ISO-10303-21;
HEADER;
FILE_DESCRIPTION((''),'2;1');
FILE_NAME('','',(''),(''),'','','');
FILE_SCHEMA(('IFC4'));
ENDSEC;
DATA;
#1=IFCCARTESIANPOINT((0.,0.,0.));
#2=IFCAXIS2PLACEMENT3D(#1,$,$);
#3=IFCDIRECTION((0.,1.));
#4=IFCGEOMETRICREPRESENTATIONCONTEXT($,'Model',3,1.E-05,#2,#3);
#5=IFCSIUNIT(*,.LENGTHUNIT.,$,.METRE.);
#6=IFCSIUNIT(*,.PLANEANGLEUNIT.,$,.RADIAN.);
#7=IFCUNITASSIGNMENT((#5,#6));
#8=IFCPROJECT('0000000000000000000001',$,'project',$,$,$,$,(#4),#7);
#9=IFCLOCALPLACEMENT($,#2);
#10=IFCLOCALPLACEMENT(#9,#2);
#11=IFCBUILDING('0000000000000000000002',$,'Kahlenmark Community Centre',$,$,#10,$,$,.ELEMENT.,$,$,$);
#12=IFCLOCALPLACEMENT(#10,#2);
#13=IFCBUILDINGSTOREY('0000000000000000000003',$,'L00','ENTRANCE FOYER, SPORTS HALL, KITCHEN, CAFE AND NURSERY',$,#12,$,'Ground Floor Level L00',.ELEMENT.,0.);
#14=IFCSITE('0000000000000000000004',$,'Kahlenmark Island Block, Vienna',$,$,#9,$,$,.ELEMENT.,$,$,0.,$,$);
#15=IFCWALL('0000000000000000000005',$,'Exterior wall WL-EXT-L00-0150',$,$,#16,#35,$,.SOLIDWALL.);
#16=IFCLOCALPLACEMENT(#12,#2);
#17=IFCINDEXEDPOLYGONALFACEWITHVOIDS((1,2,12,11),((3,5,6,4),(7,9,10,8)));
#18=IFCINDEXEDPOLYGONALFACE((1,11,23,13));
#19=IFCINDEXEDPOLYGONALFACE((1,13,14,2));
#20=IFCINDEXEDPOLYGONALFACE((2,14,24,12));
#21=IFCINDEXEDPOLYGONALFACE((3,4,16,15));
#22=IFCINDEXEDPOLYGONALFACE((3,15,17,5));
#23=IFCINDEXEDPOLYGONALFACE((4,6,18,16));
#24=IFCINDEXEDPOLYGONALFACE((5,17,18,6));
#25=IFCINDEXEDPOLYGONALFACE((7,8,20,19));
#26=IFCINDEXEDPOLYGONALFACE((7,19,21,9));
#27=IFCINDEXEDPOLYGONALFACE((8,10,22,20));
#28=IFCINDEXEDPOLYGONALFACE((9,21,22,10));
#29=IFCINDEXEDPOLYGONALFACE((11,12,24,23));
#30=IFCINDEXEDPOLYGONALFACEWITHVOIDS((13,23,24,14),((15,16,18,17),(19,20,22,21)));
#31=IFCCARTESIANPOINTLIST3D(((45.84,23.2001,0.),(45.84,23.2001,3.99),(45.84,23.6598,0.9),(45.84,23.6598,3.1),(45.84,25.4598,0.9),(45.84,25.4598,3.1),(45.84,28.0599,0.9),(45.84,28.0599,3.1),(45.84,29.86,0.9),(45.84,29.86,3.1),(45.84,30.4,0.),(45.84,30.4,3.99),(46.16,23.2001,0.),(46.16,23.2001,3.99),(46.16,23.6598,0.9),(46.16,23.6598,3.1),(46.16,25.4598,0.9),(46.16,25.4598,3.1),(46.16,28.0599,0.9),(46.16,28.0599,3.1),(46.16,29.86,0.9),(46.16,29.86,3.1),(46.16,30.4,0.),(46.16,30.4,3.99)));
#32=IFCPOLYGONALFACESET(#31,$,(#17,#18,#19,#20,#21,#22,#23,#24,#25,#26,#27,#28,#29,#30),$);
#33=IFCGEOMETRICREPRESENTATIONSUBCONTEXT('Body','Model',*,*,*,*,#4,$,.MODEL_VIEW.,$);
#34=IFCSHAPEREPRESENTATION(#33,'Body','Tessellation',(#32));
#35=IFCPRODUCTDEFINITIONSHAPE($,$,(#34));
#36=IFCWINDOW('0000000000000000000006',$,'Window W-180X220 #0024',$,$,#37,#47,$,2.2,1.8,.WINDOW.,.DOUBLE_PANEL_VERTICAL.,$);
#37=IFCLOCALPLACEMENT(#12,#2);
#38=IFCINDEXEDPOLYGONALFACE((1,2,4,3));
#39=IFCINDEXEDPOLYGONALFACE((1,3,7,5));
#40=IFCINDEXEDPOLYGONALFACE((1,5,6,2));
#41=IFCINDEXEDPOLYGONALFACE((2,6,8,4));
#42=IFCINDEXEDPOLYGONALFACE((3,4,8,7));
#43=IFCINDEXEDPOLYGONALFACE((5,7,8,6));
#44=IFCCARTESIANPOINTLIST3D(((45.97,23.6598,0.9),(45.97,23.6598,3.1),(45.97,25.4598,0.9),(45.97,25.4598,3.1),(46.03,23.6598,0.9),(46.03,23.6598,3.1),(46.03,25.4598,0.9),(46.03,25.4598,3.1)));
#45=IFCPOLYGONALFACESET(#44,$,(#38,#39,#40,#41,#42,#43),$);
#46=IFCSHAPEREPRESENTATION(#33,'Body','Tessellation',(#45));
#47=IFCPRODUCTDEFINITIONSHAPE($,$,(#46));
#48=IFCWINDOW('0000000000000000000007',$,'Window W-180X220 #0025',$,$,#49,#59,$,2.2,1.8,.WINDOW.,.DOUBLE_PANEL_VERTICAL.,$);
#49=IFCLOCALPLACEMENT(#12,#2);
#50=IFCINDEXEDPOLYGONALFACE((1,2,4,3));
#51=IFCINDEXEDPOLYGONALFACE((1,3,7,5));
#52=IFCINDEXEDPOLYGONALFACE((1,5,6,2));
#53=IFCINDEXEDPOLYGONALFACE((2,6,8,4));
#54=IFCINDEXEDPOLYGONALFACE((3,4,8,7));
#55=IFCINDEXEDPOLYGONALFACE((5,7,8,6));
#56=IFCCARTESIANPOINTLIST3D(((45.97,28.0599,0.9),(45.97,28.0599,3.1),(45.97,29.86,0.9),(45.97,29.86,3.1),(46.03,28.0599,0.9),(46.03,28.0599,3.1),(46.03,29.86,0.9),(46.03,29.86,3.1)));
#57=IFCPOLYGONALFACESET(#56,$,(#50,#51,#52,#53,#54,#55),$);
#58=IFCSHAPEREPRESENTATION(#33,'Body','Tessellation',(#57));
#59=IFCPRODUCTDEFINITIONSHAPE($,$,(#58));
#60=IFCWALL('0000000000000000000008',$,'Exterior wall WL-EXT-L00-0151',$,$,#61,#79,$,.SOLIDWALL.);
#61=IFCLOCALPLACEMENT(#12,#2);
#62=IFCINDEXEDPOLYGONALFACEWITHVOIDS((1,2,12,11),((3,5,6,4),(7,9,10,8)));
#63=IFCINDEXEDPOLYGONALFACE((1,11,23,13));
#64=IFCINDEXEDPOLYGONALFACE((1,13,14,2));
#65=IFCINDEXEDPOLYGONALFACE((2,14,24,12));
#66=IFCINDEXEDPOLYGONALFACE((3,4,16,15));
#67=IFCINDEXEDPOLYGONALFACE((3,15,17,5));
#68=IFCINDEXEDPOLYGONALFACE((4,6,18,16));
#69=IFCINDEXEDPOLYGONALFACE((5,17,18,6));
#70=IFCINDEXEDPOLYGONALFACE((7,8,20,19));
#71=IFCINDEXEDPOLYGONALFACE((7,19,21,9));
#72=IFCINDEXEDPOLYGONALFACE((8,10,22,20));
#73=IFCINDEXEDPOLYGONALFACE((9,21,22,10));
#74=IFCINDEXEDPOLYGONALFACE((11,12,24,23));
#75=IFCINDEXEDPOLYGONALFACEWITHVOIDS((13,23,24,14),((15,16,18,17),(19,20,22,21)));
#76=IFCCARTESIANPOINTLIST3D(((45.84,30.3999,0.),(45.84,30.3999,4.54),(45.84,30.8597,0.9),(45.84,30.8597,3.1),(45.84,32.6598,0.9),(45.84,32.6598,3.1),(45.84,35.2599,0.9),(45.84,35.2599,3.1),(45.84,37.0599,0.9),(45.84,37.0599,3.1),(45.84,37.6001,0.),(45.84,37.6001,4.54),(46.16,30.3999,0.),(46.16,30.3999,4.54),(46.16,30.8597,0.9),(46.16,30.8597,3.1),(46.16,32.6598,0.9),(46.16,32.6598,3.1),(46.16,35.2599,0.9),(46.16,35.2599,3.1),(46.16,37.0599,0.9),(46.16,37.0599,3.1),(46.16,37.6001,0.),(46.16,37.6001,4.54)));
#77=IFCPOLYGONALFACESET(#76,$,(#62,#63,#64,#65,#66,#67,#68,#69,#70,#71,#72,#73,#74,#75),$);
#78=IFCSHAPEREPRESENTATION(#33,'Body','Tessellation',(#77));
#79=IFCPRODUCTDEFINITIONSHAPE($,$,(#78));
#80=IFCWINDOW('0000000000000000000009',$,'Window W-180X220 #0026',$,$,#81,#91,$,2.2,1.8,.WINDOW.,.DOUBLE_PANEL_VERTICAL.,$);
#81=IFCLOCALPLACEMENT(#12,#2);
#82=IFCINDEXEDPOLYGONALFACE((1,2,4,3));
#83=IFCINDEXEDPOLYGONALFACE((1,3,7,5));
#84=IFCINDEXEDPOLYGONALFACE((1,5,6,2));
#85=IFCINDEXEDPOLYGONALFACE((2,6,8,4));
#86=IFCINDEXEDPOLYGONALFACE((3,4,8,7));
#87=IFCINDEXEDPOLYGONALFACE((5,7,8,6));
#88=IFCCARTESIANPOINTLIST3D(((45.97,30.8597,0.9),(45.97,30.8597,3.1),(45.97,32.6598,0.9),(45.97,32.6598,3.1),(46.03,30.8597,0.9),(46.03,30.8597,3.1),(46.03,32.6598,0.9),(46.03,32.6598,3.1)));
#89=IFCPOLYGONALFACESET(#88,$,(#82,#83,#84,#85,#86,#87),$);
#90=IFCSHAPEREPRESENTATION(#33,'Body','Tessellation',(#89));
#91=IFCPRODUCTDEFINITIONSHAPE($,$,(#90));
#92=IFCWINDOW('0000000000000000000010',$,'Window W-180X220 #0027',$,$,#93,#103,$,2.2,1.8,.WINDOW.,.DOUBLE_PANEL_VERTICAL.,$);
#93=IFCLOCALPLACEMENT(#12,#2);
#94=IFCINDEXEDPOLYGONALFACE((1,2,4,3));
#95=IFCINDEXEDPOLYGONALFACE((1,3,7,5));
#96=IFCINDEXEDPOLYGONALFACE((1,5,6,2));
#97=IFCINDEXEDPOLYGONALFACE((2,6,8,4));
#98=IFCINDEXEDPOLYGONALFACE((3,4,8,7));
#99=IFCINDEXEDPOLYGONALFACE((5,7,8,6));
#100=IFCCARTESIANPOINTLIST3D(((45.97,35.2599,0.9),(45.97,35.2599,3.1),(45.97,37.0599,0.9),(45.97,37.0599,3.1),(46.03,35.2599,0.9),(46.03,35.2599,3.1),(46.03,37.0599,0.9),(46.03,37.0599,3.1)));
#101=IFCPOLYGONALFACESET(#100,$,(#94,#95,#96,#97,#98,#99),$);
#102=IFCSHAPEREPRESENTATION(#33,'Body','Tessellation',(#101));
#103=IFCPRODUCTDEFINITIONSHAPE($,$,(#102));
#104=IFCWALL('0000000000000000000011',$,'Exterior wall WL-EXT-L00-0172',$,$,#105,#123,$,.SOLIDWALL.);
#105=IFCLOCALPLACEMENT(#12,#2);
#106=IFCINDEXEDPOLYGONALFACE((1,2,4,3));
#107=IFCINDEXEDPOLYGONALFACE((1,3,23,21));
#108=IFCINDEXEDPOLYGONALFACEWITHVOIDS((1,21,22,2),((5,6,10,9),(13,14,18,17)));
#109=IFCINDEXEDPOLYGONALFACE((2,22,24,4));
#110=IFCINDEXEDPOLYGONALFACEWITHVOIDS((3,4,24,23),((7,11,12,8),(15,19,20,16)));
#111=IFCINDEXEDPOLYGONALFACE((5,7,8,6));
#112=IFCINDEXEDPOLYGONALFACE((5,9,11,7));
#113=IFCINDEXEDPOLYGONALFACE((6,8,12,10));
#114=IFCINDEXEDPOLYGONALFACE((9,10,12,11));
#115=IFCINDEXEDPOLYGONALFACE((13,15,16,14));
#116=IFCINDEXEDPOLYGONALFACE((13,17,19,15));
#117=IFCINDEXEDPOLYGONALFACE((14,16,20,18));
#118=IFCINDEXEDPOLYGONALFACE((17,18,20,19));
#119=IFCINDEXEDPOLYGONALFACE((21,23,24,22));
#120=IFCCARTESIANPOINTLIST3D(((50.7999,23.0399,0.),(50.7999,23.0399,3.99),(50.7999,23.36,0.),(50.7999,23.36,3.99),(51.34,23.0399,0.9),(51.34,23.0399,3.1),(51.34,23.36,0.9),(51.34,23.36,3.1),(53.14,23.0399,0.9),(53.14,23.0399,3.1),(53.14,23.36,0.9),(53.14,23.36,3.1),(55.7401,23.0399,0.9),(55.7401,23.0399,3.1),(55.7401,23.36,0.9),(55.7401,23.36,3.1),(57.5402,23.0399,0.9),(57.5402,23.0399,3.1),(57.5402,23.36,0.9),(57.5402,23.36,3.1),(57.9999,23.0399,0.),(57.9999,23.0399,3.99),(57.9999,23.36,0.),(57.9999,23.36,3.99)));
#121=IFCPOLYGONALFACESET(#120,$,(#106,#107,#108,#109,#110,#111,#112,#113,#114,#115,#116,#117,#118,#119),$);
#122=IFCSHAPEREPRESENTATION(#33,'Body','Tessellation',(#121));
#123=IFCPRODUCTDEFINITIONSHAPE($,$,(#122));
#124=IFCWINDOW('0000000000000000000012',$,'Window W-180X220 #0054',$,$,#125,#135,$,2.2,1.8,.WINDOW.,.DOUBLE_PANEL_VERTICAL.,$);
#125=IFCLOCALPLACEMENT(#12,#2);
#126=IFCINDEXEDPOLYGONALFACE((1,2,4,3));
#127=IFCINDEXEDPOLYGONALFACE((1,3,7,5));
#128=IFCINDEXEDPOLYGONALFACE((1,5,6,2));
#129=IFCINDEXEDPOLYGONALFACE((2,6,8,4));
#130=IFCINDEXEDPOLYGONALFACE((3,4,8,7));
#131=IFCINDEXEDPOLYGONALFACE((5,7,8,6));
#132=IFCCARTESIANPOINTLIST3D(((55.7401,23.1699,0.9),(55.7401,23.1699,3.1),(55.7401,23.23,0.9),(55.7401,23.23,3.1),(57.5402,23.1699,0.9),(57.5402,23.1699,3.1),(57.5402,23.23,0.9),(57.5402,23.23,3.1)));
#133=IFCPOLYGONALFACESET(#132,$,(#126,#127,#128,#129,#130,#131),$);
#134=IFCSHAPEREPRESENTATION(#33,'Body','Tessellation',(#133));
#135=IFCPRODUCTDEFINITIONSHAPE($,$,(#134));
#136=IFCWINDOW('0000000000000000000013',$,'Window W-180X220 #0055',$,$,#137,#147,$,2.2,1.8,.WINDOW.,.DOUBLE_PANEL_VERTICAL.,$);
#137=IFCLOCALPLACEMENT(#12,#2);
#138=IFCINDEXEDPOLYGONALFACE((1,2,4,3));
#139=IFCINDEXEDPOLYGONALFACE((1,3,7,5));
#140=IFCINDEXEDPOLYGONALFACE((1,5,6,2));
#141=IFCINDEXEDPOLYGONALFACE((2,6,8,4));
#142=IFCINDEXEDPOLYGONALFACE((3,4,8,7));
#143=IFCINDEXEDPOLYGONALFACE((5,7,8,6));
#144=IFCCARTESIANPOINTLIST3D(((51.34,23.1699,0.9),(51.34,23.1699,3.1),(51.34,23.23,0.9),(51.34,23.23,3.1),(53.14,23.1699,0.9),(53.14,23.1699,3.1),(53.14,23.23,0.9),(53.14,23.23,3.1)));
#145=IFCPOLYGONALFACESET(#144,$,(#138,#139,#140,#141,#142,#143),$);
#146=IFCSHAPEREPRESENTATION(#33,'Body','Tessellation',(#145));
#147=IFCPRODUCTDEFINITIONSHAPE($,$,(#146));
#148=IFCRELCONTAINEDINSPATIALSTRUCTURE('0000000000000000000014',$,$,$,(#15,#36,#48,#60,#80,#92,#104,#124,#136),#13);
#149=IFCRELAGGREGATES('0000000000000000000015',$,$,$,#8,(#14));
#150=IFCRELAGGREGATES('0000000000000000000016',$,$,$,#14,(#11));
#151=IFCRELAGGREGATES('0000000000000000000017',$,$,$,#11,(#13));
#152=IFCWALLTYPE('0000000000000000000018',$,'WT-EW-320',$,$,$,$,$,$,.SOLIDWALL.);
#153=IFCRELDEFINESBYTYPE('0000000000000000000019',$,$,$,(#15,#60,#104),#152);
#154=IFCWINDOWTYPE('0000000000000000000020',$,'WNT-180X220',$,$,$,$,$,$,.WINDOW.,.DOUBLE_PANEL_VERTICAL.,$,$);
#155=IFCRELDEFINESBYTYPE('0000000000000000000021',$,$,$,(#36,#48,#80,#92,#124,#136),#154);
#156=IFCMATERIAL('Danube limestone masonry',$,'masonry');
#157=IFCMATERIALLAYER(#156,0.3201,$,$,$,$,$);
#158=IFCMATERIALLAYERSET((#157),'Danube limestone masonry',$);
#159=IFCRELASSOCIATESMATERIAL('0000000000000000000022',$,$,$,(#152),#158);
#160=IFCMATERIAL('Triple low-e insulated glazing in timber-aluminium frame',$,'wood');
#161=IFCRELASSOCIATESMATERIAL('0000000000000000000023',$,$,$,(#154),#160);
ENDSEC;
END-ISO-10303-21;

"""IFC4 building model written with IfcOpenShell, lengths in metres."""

from ifc_helpers import new_model, si_unit, direction, frame, frame_2d, origin, place, context, subcontext, project, spatial, rectangle, extrude, material, layer, layer_set, type_object, element, fill, save


model = new_model("IFC4")

# Units and contexts
model_context = context("Model", 3, precision=1e-05, world=origin(), true_north=direction((0.0, 1.0)))
body_context = subcontext(model_context, "Body", "Model", "MODEL_VIEW")
ifc_project = project(units=[si_unit("LENGTHUNIT", "METRE"), si_unit("PLANEANGLEUNIT", "RADIAN")], contexts=[model_context])

# Site, building, storey
site_placement = place(None, origin())
site = spatial("IfcSite", under=ifc_project, at=site_placement, Name="Kahlenmark Island Block, Vienna", CompositionType="ELEMENT", RefElevation=0.0)
building_placement = place(site_placement, origin())
building = spatial("IfcBuilding", under=site, at=building_placement, Name="Kahlenmark Community Centre", CompositionType="ELEMENT")
storey_placement = place(building_placement, origin())
storey = spatial("IfcBuildingStorey", under=building, at=storey_placement, Name="L00", Description="ENTRANCE FOYER, SPORTS HALL, KITCHEN, CAFE AND NURSERY", LongName="Ground Floor Level L00", CompositionType="ELEMENT", Elevation=0.0)

# Walls, openings, windows
ifc_material_1 = material(Name="Danube limestone masonry", Category="masonry")
ifc_layer_1 = layer(ifc_material_1, 0.3201)
ifc_layer_set_1 = layer_set([ifc_layer_1], Name="Danube limestone masonry")
wall_type_1 = type_object("IfcWallType", Name="WT-EW-320", PredefinedType="SOLIDWALL", material=ifc_layer_set_1)
wall_1_placement = place(storey_placement, frame((46.0, 23.2, 0.0), z_axis=(0.0, 0.0, 1.0), x_axis=(0.0, 1.0, 0.0)))
wall_1 = element("IfcWall", 1, at=wall_1_placement, inside=storey, type_object=wall_type_1, Name="Exterior wall WL-EXT-L00-0150", PredefinedType="SOLIDWALL", context=body_context, shape_type="SweptSolid", body=[
    extrude(rectangle(XDim=7.2, YDim=0.3201, at=frame_2d((3.6001, 0.0))), origin(), (0.0, 0.0, 1.0), 3.99),
])
opening_1_placement = place(wall_1_placement, frame((0.46, 0.0, 0.8999)))
opening_1 = element("IfcOpeningElement", 2, at=opening_1_placement, cuts=wall_1, PredefinedType="OPENING", context=body_context, shape_type="SweptSolid", body=[
    extrude(rectangle(XDim=1.8, YDim=2.2, at=frame_2d((0.8999, 1.1001))), frame((0.0, 0.1699, 0.0), z_axis=(0.0, -1.0, 0.0), x_axis=(1.0, 0.0, 0.0)), (0.0, 0.0, 1.0), 0.3401),
])
opening_2_placement = place(wall_1_placement, frame((4.8601, 0.0, 0.8999)))
opening_2 = element("IfcOpeningElement", 3, at=opening_2_placement, cuts=wall_1, PredefinedType="OPENING", context=body_context, shape_type="SweptSolid", body=[
    extrude(rectangle(XDim=1.8, YDim=2.2, at=frame_2d((0.8999, 1.1001))), frame((0.0, 0.1699, 0.0), z_axis=(0.0, -1.0, 0.0), x_axis=(1.0, 0.0, 0.0)), (0.0, 0.0, 1.0), 0.3401),
])
ifc_material_2 = material(Name="Triple low-e insulated glazing in timber-aluminium frame", Category="wood")
window_type = type_object("IfcWindowType", Name="WNT-180X220", PartitioningType="DOUBLE_PANEL_VERTICAL", PredefinedType="WINDOW", material=ifc_material_2)
window_1_placement = place(opening_1_placement, origin())
window_1 = element("IfcWindow", 4, at=window_1_placement, inside=storey, type_object=window_type, Name="Window W-180X220 #0024", OverallHeight=2.2, OverallWidth=1.8, PartitioningType="DOUBLE_PANEL_VERTICAL", PredefinedType="WINDOW", context=body_context, shape_type="SweptSolid", body=[
    extrude(rectangle(XDim=1.8, YDim=2.2, at=frame_2d((0.8999, 1.1001))), frame((0.0, 0.03, 0.0), z_axis=(0.0, -1.0, 0.0), x_axis=(1.0, 0.0, 0.0)), (0.0, 0.0, 1.0), 0.0601),
])
fill(opening_1, window_1)
window_2_placement = place(opening_2_placement, origin())
window_2 = element("IfcWindow", 5, at=window_2_placement, inside=storey, type_object=window_type, Name="Window W-180X220 #0025", OverallHeight=2.2, OverallWidth=1.8, PartitioningType="DOUBLE_PANEL_VERTICAL", PredefinedType="WINDOW", context=body_context, shape_type="SweptSolid", body=[
    extrude(rectangle(XDim=1.8, YDim=2.2, at=frame_2d((0.8999, 1.1001))), frame((0.0, 0.03, 0.0), z_axis=(0.0, -1.0, 0.0), x_axis=(1.0, 0.0, 0.0)), (0.0, 0.0, 1.0), 0.0601),
])
fill(opening_2, window_2)
wall_2_placement = place(storey_placement, frame((46.0, 30.3999, 0.0), z_axis=(0.0, 0.0, 1.0), x_axis=(0.0, 1.0, 0.0)))
wall_2 = element("IfcWall", 6, at=wall_2_placement, inside=storey, type_object=wall_type_1, Name="Exterior wall WL-EXT-L00-0151", PredefinedType="SOLIDWALL", context=body_context, shape_type="SweptSolid", body=[
    extrude(rectangle(XDim=7.2002, YDim=0.3201, at=frame_2d((3.6001, 0.0))), origin(), (0.0, 0.0, 1.0), 4.54),
])
opening_3_placement = place(wall_2_placement, frame((0.46, 0.0, 0.8999)))
opening_3 = element("IfcOpeningElement", 7, at=opening_3_placement, cuts=wall_2, PredefinedType="OPENING", context=body_context, shape_type="SweptSolid", body=[
    extrude(rectangle(XDim=1.8, YDim=2.2, at=frame_2d((0.8999, 1.1001))), frame((0.0, 0.1699, 0.0), z_axis=(0.0, -1.0, 0.0), x_axis=(1.0, 0.0, 0.0)), (0.0, 0.0, 1.0), 0.3401),
])
opening_4_placement = place(wall_2_placement, frame((4.8601, 0.0, 0.8999)))
opening_4 = element("IfcOpeningElement", 8, at=opening_4_placement, cuts=wall_2, PredefinedType="OPENING", context=body_context, shape_type="SweptSolid", body=[
    extrude(rectangle(XDim=1.8, YDim=2.2, at=frame_2d((0.8999, 1.1001))), frame((0.0, 0.1699, 0.0), z_axis=(0.0, -1.0, 0.0), x_axis=(1.0, 0.0, 0.0)), (0.0, 0.0, 1.0), 0.3401),
])
window_3_placement = place(opening_3_placement, origin())
window_3 = element("IfcWindow", 9, at=window_3_placement, inside=storey, type_object=window_type, Name="Window W-180X220 #0026", OverallHeight=2.2, OverallWidth=1.8, PartitioningType="DOUBLE_PANEL_VERTICAL", PredefinedType="WINDOW", context=body_context, shape_type="SweptSolid", body=[
    extrude(rectangle(XDim=1.8, YDim=2.2, at=frame_2d((0.8999, 1.1001))), frame((0.0, 0.03, 0.0), z_axis=(0.0, -1.0, 0.0), x_axis=(1.0, 0.0, 0.0)), (0.0, 0.0, 1.0), 0.0601),
])
fill(opening_3, window_3)
window_4_placement = place(opening_4_placement, origin())
window_4 = element("IfcWindow", 10, at=window_4_placement, inside=storey, type_object=window_type, Name="Window W-180X220 #0027", OverallHeight=2.2, OverallWidth=1.8, PartitioningType="DOUBLE_PANEL_VERTICAL", PredefinedType="WINDOW", context=body_context, shape_type="SweptSolid", body=[
    extrude(rectangle(XDim=1.8, YDim=2.2, at=frame_2d((0.8999, 1.1001))), frame((0.0, 0.03, 0.0), z_axis=(0.0, -1.0, 0.0), x_axis=(1.0, 0.0, 0.0)), (0.0, 0.0, 1.0), 0.0601),
])
fill(opening_4, window_4)
wall_3_placement = place(storey_placement, frame((58.0, 23.2, 0.0), z_axis=(0.0, 0.0, 1.0), x_axis=(-1.0, 0.0, 0.0)))
wall_3 = element("IfcWall", 11, at=wall_3_placement, inside=storey, type_object=wall_type_1, Name="Exterior wall WL-EXT-L00-0172", PredefinedType="SOLIDWALL", context=body_context, shape_type="SweptSolid", body=[
    extrude(rectangle(XDim=7.2, YDim=0.3201, at=frame_2d((3.6001, 0.0))), origin(), (0.0, 0.0, 1.0), 3.99),
])
opening_5_placement = place(wall_3_placement, frame((0.46, 0.0, 0.8999)))
opening_5 = element("IfcOpeningElement", 12, at=opening_5_placement, cuts=wall_3, PredefinedType="OPENING", context=body_context, shape_type="SweptSolid", body=[
    extrude(rectangle(XDim=1.8, YDim=2.2, at=frame_2d((0.8999, 1.1001))), frame((0.0, 0.1699, 0.0), z_axis=(0.0, -1.0, 0.0), x_axis=(1.0, 0.0, 0.0)), (0.0, 0.0, 1.0), 0.3401),
])
opening_6_placement = place(wall_3_placement, frame((4.8601, 0.0, 0.8999)))
opening_6 = element("IfcOpeningElement", 13, at=opening_6_placement, cuts=wall_3, PredefinedType="OPENING", context=body_context, shape_type="SweptSolid", body=[
    extrude(rectangle(XDim=1.8, YDim=2.2, at=frame_2d((0.8999, 1.1001))), frame((0.0, 0.1699, 0.0), z_axis=(0.0, -1.0, 0.0), x_axis=(1.0, 0.0, 0.0)), (0.0, 0.0, 1.0), 0.3401),
])
window_5_placement = place(opening_5_placement, origin())
window_5 = element("IfcWindow", 14, at=window_5_placement, inside=storey, type_object=window_type, Name="Window W-180X220 #0054", OverallHeight=2.2, OverallWidth=1.8, PartitioningType="DOUBLE_PANEL_VERTICAL", PredefinedType="WINDOW", context=body_context, shape_type="SweptSolid", body=[
    extrude(rectangle(XDim=1.8, YDim=2.2, at=frame_2d((0.8999, 1.1001))), frame((0.0, 0.03, 0.0), z_axis=(0.0, -1.0, 0.0), x_axis=(1.0, 0.0, 0.0)), (0.0, 0.0, 1.0), 0.0601),
])
fill(opening_5, window_5)
window_6_placement = place(opening_6_placement, origin())
window_6 = element("IfcWindow", 15, at=window_6_placement, inside=storey, type_object=window_type, Name="Window W-180X220 #0055", OverallHeight=2.2, OverallWidth=1.8, PartitioningType="DOUBLE_PANEL_VERTICAL", PredefinedType="WINDOW", context=body_context, shape_type="SweptSolid", body=[
    extrude(rectangle(XDim=1.8, YDim=2.2, at=frame_2d((0.8999, 1.1001))), frame((0.0, 0.03, 0.0), z_axis=(0.0, -1.0, 0.0), x_axis=(1.0, 0.0, 0.0)), (0.0, 0.0, 1.0), 0.0601),
])
fill(opening_6, window_6)

save(model, "model.ifc")
